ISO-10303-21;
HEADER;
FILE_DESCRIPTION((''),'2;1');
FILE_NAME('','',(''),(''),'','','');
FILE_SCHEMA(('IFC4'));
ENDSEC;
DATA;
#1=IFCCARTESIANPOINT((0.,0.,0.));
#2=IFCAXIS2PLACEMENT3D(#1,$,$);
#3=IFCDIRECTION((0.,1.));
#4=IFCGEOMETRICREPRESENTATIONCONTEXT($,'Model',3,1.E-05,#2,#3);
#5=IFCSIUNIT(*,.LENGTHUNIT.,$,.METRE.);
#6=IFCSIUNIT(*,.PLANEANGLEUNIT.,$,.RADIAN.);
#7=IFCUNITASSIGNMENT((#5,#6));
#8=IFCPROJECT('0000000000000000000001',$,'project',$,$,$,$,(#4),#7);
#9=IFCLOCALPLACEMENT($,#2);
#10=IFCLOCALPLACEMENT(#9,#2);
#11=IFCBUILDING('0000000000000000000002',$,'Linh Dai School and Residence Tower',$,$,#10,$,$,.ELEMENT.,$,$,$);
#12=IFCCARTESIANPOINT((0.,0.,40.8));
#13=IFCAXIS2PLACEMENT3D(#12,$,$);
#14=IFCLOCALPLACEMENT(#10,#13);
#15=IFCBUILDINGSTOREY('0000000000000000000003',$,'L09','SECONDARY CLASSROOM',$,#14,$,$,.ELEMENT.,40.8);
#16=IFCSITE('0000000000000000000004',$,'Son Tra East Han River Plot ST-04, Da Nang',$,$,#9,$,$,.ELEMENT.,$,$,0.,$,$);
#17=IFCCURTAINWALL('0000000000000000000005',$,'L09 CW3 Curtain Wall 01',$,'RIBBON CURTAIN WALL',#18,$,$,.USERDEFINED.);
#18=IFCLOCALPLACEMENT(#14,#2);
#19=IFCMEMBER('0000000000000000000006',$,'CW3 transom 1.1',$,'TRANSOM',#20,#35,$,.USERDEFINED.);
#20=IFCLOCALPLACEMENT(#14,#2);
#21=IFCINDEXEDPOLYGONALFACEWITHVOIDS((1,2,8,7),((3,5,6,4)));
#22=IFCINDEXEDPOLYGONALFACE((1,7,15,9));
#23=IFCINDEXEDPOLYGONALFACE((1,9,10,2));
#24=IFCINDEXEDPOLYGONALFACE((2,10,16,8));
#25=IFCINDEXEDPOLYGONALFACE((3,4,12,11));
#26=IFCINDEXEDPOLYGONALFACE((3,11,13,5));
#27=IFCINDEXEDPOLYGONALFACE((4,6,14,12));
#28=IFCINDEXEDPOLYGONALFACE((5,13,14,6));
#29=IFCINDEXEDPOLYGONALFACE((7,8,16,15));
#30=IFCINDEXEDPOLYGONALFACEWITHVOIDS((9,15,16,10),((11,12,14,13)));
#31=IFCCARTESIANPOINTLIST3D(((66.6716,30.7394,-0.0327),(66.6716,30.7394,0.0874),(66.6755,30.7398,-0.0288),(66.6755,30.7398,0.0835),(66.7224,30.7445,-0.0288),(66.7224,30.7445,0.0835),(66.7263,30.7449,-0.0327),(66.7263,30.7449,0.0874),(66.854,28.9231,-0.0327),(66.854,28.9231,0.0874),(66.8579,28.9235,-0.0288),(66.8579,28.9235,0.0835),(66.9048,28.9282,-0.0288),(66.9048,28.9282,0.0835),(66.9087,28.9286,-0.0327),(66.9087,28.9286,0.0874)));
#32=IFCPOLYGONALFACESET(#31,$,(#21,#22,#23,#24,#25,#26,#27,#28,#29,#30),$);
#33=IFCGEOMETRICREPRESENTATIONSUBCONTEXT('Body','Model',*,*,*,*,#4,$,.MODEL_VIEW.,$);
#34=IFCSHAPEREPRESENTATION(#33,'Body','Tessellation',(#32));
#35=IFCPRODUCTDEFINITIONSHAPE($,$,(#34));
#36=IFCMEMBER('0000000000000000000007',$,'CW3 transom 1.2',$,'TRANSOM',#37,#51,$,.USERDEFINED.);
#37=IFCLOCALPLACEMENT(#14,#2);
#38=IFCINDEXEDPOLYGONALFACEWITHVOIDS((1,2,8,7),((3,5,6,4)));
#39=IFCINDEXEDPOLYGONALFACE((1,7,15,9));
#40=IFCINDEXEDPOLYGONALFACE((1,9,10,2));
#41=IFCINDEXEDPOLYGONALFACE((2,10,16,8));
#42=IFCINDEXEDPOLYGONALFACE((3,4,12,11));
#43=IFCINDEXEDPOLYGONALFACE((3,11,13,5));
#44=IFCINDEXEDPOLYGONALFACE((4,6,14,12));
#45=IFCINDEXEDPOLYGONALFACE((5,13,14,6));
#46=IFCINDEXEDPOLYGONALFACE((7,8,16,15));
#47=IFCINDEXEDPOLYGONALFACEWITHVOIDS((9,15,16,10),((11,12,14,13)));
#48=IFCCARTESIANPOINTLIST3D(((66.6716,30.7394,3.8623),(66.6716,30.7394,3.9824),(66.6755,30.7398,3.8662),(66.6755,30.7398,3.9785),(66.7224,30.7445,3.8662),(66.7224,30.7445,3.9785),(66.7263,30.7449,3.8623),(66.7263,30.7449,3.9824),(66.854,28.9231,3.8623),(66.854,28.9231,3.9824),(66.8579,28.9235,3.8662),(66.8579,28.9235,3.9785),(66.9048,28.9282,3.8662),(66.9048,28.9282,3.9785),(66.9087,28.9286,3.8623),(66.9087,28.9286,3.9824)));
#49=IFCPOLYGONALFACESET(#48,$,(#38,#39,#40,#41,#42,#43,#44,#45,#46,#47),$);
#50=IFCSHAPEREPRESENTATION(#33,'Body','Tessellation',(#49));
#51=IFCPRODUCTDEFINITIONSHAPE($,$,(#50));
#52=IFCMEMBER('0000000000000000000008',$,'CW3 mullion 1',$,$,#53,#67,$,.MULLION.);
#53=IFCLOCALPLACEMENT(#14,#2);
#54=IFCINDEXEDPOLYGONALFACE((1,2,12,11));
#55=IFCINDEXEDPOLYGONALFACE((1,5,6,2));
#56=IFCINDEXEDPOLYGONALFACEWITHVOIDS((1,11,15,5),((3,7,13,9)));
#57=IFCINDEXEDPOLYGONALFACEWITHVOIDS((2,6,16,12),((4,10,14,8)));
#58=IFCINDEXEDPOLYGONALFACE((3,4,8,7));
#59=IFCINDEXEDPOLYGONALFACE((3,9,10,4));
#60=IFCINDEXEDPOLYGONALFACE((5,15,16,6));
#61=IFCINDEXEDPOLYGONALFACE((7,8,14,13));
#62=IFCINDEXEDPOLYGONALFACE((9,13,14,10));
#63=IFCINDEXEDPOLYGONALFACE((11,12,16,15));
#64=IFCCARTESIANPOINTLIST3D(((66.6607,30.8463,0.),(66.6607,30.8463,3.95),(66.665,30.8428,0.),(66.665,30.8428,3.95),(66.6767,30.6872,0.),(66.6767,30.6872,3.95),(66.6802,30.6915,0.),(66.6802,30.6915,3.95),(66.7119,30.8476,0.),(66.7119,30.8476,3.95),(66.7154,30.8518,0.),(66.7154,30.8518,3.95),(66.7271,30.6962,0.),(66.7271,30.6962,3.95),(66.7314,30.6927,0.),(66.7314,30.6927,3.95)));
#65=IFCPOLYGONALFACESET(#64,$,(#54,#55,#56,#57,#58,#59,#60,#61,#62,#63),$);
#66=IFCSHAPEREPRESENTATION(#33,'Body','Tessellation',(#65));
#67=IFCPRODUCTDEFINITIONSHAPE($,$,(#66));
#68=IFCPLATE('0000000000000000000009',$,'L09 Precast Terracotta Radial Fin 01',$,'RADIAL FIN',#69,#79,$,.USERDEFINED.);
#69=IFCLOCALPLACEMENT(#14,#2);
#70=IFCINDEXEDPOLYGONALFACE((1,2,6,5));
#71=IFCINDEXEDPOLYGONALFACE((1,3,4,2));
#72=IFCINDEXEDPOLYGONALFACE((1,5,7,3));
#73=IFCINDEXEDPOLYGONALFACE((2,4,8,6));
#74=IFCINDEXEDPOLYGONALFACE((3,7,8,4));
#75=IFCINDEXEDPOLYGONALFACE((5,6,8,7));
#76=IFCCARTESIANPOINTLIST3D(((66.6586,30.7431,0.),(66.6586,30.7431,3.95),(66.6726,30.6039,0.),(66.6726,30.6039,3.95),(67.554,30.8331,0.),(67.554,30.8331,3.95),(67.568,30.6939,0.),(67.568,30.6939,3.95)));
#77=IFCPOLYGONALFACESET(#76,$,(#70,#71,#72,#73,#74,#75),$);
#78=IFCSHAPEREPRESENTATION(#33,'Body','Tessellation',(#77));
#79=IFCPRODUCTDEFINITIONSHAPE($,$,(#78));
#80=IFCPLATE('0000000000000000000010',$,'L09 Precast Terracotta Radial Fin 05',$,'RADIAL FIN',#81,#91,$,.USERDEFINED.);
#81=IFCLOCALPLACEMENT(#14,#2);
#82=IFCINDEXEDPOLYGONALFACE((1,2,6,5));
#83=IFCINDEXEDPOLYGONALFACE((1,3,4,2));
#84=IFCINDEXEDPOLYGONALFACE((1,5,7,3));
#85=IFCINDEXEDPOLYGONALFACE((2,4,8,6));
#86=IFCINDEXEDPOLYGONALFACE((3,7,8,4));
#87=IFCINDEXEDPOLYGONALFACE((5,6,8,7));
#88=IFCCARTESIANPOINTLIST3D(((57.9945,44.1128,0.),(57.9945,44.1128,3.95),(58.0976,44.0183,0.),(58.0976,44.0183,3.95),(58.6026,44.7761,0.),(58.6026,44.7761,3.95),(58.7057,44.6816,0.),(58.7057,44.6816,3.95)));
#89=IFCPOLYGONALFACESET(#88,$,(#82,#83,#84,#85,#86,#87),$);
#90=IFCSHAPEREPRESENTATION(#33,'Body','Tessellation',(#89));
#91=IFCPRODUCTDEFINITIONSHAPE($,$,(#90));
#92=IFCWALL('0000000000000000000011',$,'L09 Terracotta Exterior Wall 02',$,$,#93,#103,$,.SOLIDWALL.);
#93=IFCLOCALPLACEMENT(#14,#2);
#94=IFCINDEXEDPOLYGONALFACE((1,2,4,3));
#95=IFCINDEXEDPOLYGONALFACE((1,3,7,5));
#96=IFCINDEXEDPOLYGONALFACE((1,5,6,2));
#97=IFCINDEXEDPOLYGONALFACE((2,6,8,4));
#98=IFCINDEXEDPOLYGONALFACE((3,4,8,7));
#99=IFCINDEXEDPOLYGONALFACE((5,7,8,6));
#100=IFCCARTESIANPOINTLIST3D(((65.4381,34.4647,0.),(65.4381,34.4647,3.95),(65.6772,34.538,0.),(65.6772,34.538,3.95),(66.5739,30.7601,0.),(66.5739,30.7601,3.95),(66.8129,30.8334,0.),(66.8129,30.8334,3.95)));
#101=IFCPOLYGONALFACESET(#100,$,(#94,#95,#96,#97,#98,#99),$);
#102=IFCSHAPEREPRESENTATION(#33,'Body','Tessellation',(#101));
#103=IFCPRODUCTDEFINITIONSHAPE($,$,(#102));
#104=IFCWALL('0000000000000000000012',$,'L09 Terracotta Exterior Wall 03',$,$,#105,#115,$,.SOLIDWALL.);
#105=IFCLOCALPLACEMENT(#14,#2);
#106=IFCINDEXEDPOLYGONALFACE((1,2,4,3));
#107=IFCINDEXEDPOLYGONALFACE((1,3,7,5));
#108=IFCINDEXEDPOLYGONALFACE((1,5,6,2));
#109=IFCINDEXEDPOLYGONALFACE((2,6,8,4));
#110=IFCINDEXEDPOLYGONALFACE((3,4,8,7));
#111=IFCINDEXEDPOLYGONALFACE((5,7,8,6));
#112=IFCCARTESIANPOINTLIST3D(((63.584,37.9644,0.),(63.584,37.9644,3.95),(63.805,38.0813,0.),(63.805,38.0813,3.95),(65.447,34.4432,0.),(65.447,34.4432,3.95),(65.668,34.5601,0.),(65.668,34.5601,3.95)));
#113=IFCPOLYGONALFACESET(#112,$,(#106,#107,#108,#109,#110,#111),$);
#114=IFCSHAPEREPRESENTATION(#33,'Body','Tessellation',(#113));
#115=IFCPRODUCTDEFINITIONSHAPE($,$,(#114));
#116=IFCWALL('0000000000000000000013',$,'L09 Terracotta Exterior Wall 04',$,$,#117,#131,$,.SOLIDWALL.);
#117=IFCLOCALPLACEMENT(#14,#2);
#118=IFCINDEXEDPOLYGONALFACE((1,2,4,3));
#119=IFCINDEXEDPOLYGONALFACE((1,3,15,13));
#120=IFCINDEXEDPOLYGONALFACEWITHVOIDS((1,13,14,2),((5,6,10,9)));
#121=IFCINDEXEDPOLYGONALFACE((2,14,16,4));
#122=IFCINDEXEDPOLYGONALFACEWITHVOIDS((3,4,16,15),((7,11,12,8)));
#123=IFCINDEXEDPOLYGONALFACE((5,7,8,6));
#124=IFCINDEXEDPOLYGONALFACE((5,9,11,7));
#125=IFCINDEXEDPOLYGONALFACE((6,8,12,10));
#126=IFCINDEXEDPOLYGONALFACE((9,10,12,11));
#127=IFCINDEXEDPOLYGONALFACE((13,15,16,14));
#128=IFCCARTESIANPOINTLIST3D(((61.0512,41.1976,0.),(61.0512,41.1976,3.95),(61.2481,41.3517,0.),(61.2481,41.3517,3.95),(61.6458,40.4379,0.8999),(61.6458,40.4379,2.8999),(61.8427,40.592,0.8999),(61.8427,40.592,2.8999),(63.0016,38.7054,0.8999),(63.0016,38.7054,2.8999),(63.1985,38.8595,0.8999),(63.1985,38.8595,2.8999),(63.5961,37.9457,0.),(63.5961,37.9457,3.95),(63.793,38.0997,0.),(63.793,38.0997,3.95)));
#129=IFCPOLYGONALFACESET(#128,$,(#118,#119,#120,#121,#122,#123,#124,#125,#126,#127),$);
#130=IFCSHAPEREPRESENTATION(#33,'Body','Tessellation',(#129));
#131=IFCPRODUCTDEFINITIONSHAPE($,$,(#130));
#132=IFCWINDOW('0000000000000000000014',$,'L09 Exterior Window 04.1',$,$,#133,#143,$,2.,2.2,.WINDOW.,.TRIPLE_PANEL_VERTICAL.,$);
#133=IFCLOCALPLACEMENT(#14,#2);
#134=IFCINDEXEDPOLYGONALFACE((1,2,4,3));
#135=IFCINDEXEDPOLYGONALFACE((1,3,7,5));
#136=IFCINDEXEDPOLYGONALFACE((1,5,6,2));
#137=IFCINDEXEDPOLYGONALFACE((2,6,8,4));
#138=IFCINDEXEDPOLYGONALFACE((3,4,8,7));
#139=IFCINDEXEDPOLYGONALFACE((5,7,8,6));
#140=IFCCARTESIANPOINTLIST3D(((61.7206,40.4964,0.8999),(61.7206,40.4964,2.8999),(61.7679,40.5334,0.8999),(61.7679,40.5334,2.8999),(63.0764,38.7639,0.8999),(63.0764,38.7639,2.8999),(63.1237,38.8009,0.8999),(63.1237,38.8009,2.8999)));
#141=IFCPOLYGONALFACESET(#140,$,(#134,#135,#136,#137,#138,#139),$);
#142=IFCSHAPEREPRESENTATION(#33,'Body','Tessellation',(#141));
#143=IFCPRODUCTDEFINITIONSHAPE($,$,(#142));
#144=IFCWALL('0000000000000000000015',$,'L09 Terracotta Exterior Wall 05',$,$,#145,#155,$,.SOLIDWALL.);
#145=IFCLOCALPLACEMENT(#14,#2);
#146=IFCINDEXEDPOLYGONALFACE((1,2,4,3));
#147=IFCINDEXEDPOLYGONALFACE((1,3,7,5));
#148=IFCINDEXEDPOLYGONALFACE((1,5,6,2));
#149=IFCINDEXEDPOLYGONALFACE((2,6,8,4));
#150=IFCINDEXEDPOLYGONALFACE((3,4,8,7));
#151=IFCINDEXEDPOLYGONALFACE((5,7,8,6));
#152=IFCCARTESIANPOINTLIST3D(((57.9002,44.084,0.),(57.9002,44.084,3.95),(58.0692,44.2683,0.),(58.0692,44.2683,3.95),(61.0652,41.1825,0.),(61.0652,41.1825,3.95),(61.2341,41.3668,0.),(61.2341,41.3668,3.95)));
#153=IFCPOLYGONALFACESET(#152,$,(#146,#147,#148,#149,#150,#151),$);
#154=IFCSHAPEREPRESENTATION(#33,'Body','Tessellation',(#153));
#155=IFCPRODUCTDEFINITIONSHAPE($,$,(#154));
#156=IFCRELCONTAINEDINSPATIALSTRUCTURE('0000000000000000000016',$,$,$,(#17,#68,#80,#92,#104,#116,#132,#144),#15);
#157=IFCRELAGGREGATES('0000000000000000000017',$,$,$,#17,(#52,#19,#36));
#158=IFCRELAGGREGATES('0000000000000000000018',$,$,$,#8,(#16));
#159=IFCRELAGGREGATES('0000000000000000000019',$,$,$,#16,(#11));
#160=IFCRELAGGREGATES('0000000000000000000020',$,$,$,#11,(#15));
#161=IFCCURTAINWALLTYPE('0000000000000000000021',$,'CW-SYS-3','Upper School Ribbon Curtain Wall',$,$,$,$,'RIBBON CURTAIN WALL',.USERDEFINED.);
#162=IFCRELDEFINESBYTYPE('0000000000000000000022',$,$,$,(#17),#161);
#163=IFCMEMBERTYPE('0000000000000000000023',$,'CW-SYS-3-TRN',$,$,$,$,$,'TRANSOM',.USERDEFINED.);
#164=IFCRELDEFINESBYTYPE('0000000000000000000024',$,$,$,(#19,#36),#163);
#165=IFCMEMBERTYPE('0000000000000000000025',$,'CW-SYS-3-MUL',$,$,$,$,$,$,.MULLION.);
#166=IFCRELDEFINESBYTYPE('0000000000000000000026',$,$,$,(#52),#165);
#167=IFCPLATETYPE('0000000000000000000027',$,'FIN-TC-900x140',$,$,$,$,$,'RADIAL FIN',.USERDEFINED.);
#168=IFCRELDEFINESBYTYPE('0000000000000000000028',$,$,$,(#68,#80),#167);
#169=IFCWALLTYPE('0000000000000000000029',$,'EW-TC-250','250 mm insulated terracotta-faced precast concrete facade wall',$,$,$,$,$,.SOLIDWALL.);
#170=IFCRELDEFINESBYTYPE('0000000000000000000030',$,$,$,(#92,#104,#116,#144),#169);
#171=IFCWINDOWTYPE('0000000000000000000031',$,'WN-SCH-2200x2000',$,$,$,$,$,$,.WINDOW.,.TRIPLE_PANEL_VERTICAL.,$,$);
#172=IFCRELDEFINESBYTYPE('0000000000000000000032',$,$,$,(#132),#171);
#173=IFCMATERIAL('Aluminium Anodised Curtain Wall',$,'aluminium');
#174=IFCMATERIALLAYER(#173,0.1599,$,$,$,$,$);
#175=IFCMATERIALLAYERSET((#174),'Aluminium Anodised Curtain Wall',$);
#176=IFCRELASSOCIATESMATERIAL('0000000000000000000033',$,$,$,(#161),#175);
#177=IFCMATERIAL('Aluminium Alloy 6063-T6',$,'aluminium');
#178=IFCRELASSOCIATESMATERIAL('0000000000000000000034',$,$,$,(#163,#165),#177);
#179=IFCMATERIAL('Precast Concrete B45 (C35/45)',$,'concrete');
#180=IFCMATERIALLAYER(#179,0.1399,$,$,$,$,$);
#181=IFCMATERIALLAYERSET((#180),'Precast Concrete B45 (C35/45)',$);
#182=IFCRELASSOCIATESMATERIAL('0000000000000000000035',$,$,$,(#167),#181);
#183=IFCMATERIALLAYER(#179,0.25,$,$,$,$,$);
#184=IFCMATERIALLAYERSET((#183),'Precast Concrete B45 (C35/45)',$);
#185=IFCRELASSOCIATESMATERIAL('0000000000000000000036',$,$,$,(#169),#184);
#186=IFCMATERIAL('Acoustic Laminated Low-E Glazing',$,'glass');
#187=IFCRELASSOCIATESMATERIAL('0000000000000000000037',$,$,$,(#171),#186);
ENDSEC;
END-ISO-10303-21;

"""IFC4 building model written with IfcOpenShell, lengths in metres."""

from ifc_helpers import new_model, si_unit, direction, frame, frame_2d, origin, origin_2d, place, context, subcontext, project, spatial, rectangle, hollow_rectangle, extrude, source, transform, mapped, material, layer, layer_set, material_profile, profile_set, type_object, element, fill, aggregate, save


model = new_model("IFC4")

# Units and contexts
model_context = context("Model", 3, precision=1e-05, world=origin(), true_north=direction((0.0, 1.0)))
body_context = subcontext(model_context, "Body", "Model", "MODEL_VIEW")
ifc_project = project(units=[si_unit("LENGTHUNIT", "METRE"), si_unit("PLANEANGLEUNIT", "RADIAN")], contexts=[model_context])

# Site, building, storey
site_placement = place(None, origin())
site = spatial("IfcSite", under=ifc_project, at=site_placement, Name="Son Tra East Han River Plot ST-04, Da Nang", CompositionType="ELEMENT", RefElevation=0.0)
building_placement = place(site_placement, origin())
building = spatial("IfcBuilding", under=site, at=building_placement, Name="Linh Dai School and Residence Tower", CompositionType="ELEMENT")
storey_placement = place(building_placement, frame((0.0, 0.0, 40.8)))
storey = spatial("IfcBuildingStorey", under=building, at=storey_placement, Name="L09", Description="SECONDARY CLASSROOM", CompositionType="ELEMENT", Elevation=40.8)

# Curtain wall, members
ifc_material_1 = material(Name="Aluminium Anodised Curtain Wall", Category="aluminium")
ifc_layer_1 = layer(ifc_material_1, 0.1599)
ifc_layer_set_1 = layer_set([ifc_layer_1], Name="Aluminium Anodised Curtain Wall")
curtain_wall_type = type_object("IfcCurtainWallType", Name="CW-SYS-3", Description="Upper School Ribbon Curtain Wall", ElementType="RIBBON CURTAIN WALL", PredefinedType="USERDEFINED", material=ifc_layer_set_1)
curtain_wall_placement = place(storey_placement, origin())
curtain_wall = element("IfcCurtainWall", 1, at=curtain_wall_placement, inside=storey, type_object=curtain_wall_type, Name="L09 CW3 Curtain Wall 01", ObjectType="RIBBON CURTAIN WALL", PredefinedType="USERDEFINED")
ifc_material_2 = material(Name="Aluminium Alloy 6063-T6", Category="aluminium")
ifc_material_profile_1 = material_profile(ifc_material_2, hollow_rectangle(XDim=0.0549, YDim=0.1201, WallThickness=0.0039, at=origin_2d()), Name="RHS 120x55x4")
ifc_profile_set_1 = profile_set([ifc_material_profile_1], Name="Aluminium Alloy 6063-T6")
member_type_1 = type_object("IfcMemberType", Name="CW-SYS-3-TRN", ElementType="TRANSOM", PredefinedType="USERDEFINED", material=ifc_profile_set_1)
shared_shape_1 = source(origin(), body_context, "Body", "SweptSolid", [
    extrude(hollow_rectangle(XDim=0.0549, YDim=0.1201, WallThickness=0.0039, at=origin_2d()), origin(), (0.0, 0.0, 1.0), 1.8254),
])
member_1_placement = place(storey_placement, frame((66.699, 30.7422, 0.0273), z_axis=(0.099901, -0.994997, 0.0), x_axis=(0.994997, 0.099901, 0.0)))
member_1 = element("IfcMember", 2, at=member_1_placement, type_object=member_type_1, Name="CW3 transom 1.1", ObjectType="TRANSOM", PredefinedType="USERDEFINED", context=body_context, shape_type="MappedRepresentation", body=[
    mapped(shared_shape_1, transform((0.0, 0.0, 0.0), x_axis=(1.0, 0.0, 0.0), y_axis=(0.0, 1.0, 0.0), z_axis=(0.0, 0.0, 1.0), scale=1.0)),
])
member_2_placement = place(storey_placement, frame((66.699, 30.7422, 3.9224), z_axis=(0.099901, -0.994997, 0.0), x_axis=(0.994997, 0.099901, 0.0)))
member_2 = element("IfcMember", 3, at=member_2_placement, type_object=member_type_1, Name="CW3 transom 1.2", ObjectType="TRANSOM", PredefinedType="USERDEFINED", context=body_context, shape_type="MappedRepresentation", body=[
    mapped(shared_shape_1, transform((0.0, 0.0, 0.0), x_axis=(1.0, 0.0, 0.0), y_axis=(0.0, 1.0, 0.0), z_axis=(0.0, 0.0, 1.0), scale=1.0)),
])
ifc_material_profile_2 = material_profile(ifc_material_2, hollow_rectangle(XDim=0.0549, YDim=0.1599, WallThickness=0.0039, at=origin_2d()), Name="RHS 160x55x4")
ifc_profile_set_2 = profile_set([ifc_material_profile_2], Name="Aluminium Alloy 6063-T6")
member_type_2 = type_object("IfcMemberType", Name="CW-SYS-3-MUL", PredefinedType="MULLION", material=ifc_profile_set_2)
shared_shape_2 = source(origin(), body_context, "Body", "SweptSolid", [
    extrude(hollow_rectangle(XDim=0.0549, YDim=0.1599, WallThickness=0.0039, at=origin_2d()), origin(), (0.0, 0.0, 1.0), 3.95),
])
member_3_placement = place(storey_placement, frame((66.696, 30.7695, 0.0), z_axis=(0.0, 0.0, 1.0), x_axis=(0.994986, 0.100009, 0.0)))
member_3 = element("IfcMember", 4, at=member_3_placement, type_object=member_type_2, Name="CW3 mullion 1", PredefinedType="MULLION", context=body_context, shape_type="MappedRepresentation", body=[
    mapped(shared_shape_2, transform((0.0, 0.0, 0.0), x_axis=(1.0, 0.0, 0.0), y_axis=(0.0, 1.0, 0.0), z_axis=(0.0, 0.0, 1.0), scale=1.0)),
])
aggregate(curtain_wall, [member_3, member_1, member_2])

# Plates
ifc_material_3 = material(Name="Precast Concrete B45 (C35/45)", Category="concrete")
ifc_layer_2 = layer(ifc_material_3, 0.1399)
ifc_layer_set_2 = layer_set([ifc_layer_2], Name="Precast Concrete B45 (C35/45)")
plate_type = type_object("IfcPlateType", Name="FIN-TC-900x140", ElementType="RADIAL FIN", PredefinedType="USERDEFINED", material=ifc_layer_set_2)
shared_shape_3 = source(origin(), body_context, "Body", "SweptSolid", [
    extrude(rectangle(XDim=0.8999, YDim=0.1399, at=origin_2d()), origin(), (0.0, 0.0, 1.0), 3.95),
])
for number, where, z_axis, x_axis, name in (
    (5, (67.1133, 30.7185, 0.0), (0.0, 0.0, 1.0), (0.994986, 0.100009, 0.0), "L09 Precast Terracotta Radial Fin 01"),
    (6, (58.3501, 44.3972, 0.0), (0.0, 0.0, 1.0), (0.675769, 0.737113, 0.0), "L09 Precast Terracotta Radial Fin 05"),
):
    element("IfcPlate", number, at=place(storey_placement, frame(where, z_axis=z_axis, x_axis=x_axis)), inside=storey, type_object=plate_type, Name=name, ObjectType="RADIAL FIN", PredefinedType="USERDEFINED", context=body_context, shape_type="MappedRepresentation", body=[
        mapped(shared_shape_3, transform((0.0, 0.0, 0.0), x_axis=(1.0, 0.0, 0.0), y_axis=(0.0, 1.0, 0.0), z_axis=(0.0, 0.0, 1.0), scale=1.0)),
    ])

# Walls
ifc_layer_3 = layer(ifc_material_3, 0.25)
ifc_layer_set_3 = layer_set([ifc_layer_3], Name="Precast Concrete B45 (C35/45)")
wall_type_1 = type_object("IfcWallType", Name="EW-TC-250", Description="250 mm insulated terracotta-faced precast concrete facade wall", PredefinedType="SOLIDWALL", material=ifc_layer_set_3)
wall_1_placement = place(storey_placement, frame((65.5576, 34.5015, 0.0), z_axis=(0.0, 0.0, 1.0), x_axis=(0.293112, -0.956078, 0.0)))
element("IfcWall", 7, at=wall_1_placement, inside=storey, type_object=wall_type_1, Name="L09 Terracotta Exterior Wall 02", PredefinedType="SOLIDWALL", context=body_context, shape_type="SweptSolid", body=[
    extrude(rectangle(XDim=3.8748, YDim=0.25, at=frame_2d((1.9375, 0.0))), origin(), (0.0, 0.0, 1.0), 3.95),
])
wall_2_placement = place(storey_placement, frame((63.6946, 38.0227, 0.0), z_axis=(0.0, 0.0, 1.0), x_axis=(0.467662, -0.883907, 0.0)))
element("IfcWall", 8, at=wall_2_placement, inside=storey, type_object=wall_type_1, Name="L09 Terracotta Exterior Wall 03", PredefinedType="SOLIDWALL", context=body_context, shape_type="SweptSolid", body=[
    extrude(rectangle(XDim=3.9836, YDim=0.25, at=frame_2d((1.9917, 0.0))), origin(), (0.0, 0.0, 1.0), 3.95),
])

# Wall, opening, window
wall_3_placement = place(storey_placement, frame((61.1497, 41.2747, 0.0), z_axis=(0.0, 0.0, 1.0), x_axis=(0.616296, -0.787515, 0.0)))
wall_3 = element("IfcWall", 9, at=wall_3_placement, inside=storey, type_object=wall_type_1, Name="L09 Terracotta Exterior Wall 04", PredefinedType="SOLIDWALL", context=body_context, shape_type="SweptSolid", body=[
    extrude(rectangle(XDim=4.1294, YDim=0.25, at=frame_2d((2.0647, 0.0))), origin(), (0.0, 0.0, 1.0), 3.95),
])
opening_1_placement = place(wall_3_placement, frame((0.9646, 0.0, 0.8999)))
opening_1 = element("IfcOpeningElement", 10, at=opening_1_placement, cuts=wall_3, PredefinedType="OPENING", context=body_context, shape_type="SweptSolid", body=[
    extrude(rectangle(XDim=2.2, YDim=2.0, at=origin_2d()), frame((1.1001, 0.135, 1.0), z_axis=(0.0, -1.0, 0.0), x_axis=(1.0, 0.0, 0.0)), (0.0, 0.0, 1.0), 0.27),
])
ifc_material_4 = material(Name="Acoustic Laminated Low-E Glazing", Category="glass")
window_type = type_object("IfcWindowType", Name="WN-SCH-2200x2000", PartitioningType="TRIPLE_PANEL_VERTICAL", PredefinedType="WINDOW", material=ifc_material_4)
shared_shape_4 = source(origin(), body_context, "Body", "SweptSolid", [
    extrude(rectangle(XDim=2.2, YDim=2.0, at=origin_2d()), frame((1.1001, 0.03, 1.0), z_axis=(0.0, -1.0, 0.0), x_axis=(1.0, 0.0, 0.0)), (0.0, 0.0, 1.0), 0.0601),
])
window_1_placement = place(opening_1_placement, origin())
window_1 = element("IfcWindow", 11, at=window_1_placement, inside=storey, type_object=window_type, Name="L09 Exterior Window 04.1", OverallHeight=2.0, OverallWidth=2.2, PartitioningType="TRIPLE_PANEL_VERTICAL", PredefinedType="WINDOW", context=body_context, shape_type="MappedRepresentation", body=[
    mapped(shared_shape_4, transform((0.0, 0.0, 0.0), x_axis=(1.0, 0.0, 0.0), y_axis=(0.0, 1.0, 0.0), z_axis=(0.0, 0.0, 1.0), scale=1.0)),
])
fill(opening_1, window_1)

# Wall
wall_4_placement = place(storey_placement, frame((57.9846, 44.1763, 0.0), z_axis=(0.0, 0.0, 1.0), x_axis=(0.737116, -0.675766, 0.0)))
element("IfcWall", 12, at=wall_4_placement, inside=storey, type_object=wall_type_1, Name="L09 Terracotta Exterior Wall 05", PredefinedType="SOLIDWALL", context=body_context, shape_type="SweptSolid", body=[
    extrude(rectangle(XDim=4.2937, YDim=0.25, at=frame_2d((2.147, 0.0))), origin(), (0.0, 0.0, 1.0), 3.95),
])

save(model, "model.ifc")
